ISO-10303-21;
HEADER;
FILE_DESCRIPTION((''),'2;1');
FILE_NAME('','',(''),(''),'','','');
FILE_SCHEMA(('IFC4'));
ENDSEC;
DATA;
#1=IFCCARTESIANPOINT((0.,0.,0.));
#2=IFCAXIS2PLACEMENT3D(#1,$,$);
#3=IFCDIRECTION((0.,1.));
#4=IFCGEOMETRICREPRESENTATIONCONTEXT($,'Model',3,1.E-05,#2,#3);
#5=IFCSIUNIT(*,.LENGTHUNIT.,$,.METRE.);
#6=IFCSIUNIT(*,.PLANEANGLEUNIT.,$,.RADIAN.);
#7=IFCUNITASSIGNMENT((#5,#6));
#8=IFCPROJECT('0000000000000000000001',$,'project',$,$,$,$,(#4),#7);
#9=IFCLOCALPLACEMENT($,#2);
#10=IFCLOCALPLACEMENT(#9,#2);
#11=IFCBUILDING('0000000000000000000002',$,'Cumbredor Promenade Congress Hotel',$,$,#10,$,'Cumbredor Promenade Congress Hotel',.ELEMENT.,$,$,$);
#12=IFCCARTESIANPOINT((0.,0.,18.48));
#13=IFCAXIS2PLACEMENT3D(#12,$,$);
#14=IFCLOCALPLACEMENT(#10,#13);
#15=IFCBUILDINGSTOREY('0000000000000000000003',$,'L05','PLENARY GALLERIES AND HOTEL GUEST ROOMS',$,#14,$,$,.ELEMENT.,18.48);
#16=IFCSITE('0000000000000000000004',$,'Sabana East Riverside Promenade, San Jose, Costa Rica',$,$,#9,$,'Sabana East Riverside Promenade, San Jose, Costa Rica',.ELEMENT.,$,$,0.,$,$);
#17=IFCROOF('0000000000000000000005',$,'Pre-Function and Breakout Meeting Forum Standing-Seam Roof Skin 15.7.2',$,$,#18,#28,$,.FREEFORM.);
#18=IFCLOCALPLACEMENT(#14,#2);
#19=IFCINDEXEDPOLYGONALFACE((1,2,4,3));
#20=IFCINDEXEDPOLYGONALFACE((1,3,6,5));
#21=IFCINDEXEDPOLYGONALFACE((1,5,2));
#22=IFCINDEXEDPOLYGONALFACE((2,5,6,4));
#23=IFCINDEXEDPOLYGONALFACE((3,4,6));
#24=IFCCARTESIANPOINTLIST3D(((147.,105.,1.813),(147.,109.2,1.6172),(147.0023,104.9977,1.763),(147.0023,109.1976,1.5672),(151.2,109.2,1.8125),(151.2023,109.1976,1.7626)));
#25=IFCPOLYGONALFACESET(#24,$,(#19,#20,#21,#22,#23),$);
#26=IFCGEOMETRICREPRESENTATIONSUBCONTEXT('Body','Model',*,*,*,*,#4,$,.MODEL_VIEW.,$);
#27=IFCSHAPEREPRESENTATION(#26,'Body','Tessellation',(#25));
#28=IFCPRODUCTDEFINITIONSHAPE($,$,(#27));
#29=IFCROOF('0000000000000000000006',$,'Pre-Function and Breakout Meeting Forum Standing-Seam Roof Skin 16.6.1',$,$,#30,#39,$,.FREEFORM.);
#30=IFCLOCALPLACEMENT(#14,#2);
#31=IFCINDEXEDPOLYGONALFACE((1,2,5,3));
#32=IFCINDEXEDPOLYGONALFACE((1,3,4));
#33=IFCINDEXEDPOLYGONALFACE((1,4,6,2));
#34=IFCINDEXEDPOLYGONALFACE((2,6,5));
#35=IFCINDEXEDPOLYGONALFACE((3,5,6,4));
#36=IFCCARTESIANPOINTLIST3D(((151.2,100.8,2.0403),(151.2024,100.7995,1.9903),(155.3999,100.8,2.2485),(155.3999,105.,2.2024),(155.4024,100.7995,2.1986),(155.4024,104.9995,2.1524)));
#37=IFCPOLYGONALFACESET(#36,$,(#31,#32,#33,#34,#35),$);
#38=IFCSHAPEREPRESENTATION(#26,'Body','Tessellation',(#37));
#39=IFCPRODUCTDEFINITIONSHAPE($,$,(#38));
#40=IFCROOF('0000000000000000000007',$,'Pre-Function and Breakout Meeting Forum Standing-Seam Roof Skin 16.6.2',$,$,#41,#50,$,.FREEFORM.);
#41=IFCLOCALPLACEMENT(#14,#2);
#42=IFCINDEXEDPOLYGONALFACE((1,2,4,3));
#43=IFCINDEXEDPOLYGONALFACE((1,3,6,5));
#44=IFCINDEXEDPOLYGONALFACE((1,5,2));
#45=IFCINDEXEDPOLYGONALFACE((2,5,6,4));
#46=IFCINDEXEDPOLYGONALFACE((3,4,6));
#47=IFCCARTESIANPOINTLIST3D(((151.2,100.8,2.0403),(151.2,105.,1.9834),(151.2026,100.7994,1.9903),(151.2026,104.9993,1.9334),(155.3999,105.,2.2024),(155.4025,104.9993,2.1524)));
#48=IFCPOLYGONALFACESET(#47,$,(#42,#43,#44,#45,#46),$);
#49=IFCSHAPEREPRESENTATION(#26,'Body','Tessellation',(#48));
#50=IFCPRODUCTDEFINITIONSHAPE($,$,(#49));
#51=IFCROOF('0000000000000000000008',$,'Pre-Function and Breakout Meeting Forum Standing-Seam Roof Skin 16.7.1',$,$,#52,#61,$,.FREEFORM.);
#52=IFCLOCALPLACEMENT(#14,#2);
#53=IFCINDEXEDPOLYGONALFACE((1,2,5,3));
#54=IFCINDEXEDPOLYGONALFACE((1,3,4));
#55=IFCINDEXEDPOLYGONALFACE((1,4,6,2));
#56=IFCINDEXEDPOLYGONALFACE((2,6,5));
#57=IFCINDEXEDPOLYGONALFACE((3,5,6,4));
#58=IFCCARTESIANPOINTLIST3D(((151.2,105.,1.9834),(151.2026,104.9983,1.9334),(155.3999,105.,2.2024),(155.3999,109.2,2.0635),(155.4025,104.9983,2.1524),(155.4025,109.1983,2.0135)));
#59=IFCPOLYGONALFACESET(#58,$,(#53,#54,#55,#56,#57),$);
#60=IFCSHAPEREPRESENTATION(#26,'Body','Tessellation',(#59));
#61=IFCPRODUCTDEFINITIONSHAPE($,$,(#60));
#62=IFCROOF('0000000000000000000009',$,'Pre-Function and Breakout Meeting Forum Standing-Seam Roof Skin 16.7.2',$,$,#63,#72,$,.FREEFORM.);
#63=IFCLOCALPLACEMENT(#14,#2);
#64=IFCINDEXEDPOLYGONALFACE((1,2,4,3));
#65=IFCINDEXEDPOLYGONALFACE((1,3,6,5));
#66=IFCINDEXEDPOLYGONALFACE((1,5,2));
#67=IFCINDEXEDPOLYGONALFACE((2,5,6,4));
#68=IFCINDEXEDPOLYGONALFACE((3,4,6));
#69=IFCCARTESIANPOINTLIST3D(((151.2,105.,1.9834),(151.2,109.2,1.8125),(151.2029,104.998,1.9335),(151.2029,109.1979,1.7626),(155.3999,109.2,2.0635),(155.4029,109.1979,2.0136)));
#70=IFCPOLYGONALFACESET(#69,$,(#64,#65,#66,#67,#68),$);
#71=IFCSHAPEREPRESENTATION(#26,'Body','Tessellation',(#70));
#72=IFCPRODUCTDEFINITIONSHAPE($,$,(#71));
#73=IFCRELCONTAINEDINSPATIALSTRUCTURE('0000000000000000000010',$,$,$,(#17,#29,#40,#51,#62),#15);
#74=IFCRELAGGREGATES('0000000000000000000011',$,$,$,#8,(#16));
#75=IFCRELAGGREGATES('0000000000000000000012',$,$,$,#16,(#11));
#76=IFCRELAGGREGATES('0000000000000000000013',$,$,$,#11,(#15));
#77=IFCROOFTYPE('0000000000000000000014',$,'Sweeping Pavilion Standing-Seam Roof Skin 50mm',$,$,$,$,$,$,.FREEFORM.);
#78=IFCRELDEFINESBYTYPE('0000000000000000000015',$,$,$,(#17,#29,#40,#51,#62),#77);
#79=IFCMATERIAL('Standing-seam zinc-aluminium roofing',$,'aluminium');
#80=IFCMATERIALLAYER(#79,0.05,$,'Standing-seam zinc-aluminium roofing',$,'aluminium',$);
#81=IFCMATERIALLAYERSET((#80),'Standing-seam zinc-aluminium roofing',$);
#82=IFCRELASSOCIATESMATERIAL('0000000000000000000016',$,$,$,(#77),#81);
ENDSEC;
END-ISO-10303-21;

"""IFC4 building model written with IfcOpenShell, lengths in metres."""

from ifc_helpers import new_model, si_unit, direction, frame, origin, place, context, subcontext, project, spatial, polyline, outline, extrude, material, layer, layer_set, type_object, element, save


model = new_model("IFC4")

# Units and contexts
model_context = context("Model", 3, precision=1e-05, world=origin(), true_north=direction((0.0, 1.0)))
body_context = subcontext(model_context, "Body", "Model", "MODEL_VIEW")
ifc_project = project(units=[si_unit("LENGTHUNIT", "METRE"), si_unit("PLANEANGLEUNIT", "RADIAN")], contexts=[model_context])

# Site, building, storey
site_placement = place(None, origin())
site = spatial("IfcSite", under=ifc_project, at=site_placement, Name="Sabana East Riverside Promenade, San Jose, Costa Rica", LongName="Sabana East Riverside Promenade, San Jose, Costa Rica", CompositionType="ELEMENT", RefElevation=0.0)
building_placement = place(site_placement, origin())
building = spatial("IfcBuilding", under=site, at=building_placement, Name="Cumbredor Promenade Congress Hotel", LongName="Cumbredor Promenade Congress Hotel", CompositionType="ELEMENT")
storey_placement = place(building_placement, frame((0.0, 0.0, 18.48)))
storey = spatial("IfcBuildingStorey", under=building, at=storey_placement, Name="L05", Description="PLENARY GALLERIES AND HOTEL GUEST ROOMS", CompositionType="ELEMENT", Elevation=18.48)

# Roofs
ifc_material_1 = material(Name="Standing-seam zinc-aluminium roofing", Category="aluminium")
ifc_layer_1 = layer(ifc_material_1, 0.05, Name="Standing-seam zinc-aluminium roofing", Category="aluminium")
ifc_layer_set_1 = layer_set([ifc_layer_1], Name="Standing-seam zinc-aluminium roofing")
roof_type = type_object("IfcRoofType", Name="Sweeping Pavilion Standing-Seam Roof Skin 50mm", PredefinedType="FREEFORM", material=ifc_layer_set_1)
roof_1_placement = place(storey_placement, frame((147.0, 105.0, 1.813), z_axis=(-0.046403, 0.046519, 0.997839), x_axis=(0.707107, 0.707107, -0.000082)))
element("IfcRoof", 1, at=roof_1_placement, inside=storey, type_object=roof_type, Name="Pre-Function and Breakout Meeting Forum Standing-Seam Roof Skin 15.7.2", PredefinedType="FREEFORM", context=body_context, shape_type="SweptSolid", body=[
    extrude(outline(polyline([(0.0, 0.0), (5.9396, 0.0), (2.9698, 2.9762), (0.0, 0.0)])), origin(), (0.0, 0.0, -1.0), 0.05),
])
roof_2_placement = place(storey_placement, frame((151.2, 100.8, 2.0403), z_axis=(-0.049521, 0.010972, 0.998713), x_axis=(0.998773, 0.0, 0.049524)))
element("IfcRoof", 2, at=roof_2_placement, inside=storey, type_object=roof_type, Name="Pre-Function and Breakout Meeting Forum Standing-Seam Roof Skin 16.6.1", PredefinedType="FREEFORM", context=body_context, shape_type="SweptSolid", body=[
    extrude(outline(polyline([(0.0, 0.0), (4.2051, 0.0), (4.2028, 4.2002), (0.0, 0.0)])), origin(), (0.0, 0.0, -1.0), 0.05),
])
roof_3_placement = place(storey_placement, frame((151.2, 100.8, 2.0403), z_axis=(-0.052067, 0.013525, 0.998552), x_axis=(0.706844, 0.706844, 0.027283)))
element("IfcRoof", 3, at=roof_3_placement, inside=storey, type_object=roof_type, Name="Pre-Function and Breakout Meeting Forum Standing-Seam Roof Skin 16.6.2", PredefinedType="FREEFORM", context=body_context, shape_type="SweptSolid", body=[
    extrude(outline(polyline([(0.0, 0.0), (5.9418, 0.0), (2.9672, 2.973), (0.0, 0.0)])), origin(), (0.0, 0.0, -1.0), 0.05),
])
roof_4_placement = place(storey_placement, frame((151.2, 105.0, 1.9834), z_axis=(-0.052043, 0.033013, 0.998099), x_axis=(0.998643, 0.0, 0.052071)))
element("IfcRoof", 4, at=roof_4_placement, inside=storey, type_object=roof_type, Name="Pre-Function and Breakout Meeting Forum Standing-Seam Roof Skin 16.7.1", PredefinedType="FREEFORM", context=body_context, shape_type="SweptSolid", body=[
    extrude(outline(polyline([(0.0, 0.0), (4.2057, 0.0), (4.1984, 4.2022), (0.0, 0.0)])), origin(), (0.0, 0.0, -1.0), 0.05),
])
roof_5_placement = place(storey_placement, frame((151.2, 105.0, 1.9834), z_axis=(-0.059601, 0.040585, 0.997397), x_axis=(0.707043, 0.707043, 0.013481)))
element("IfcRoof", 5, at=roof_5_placement, inside=storey, type_object=roof_type, Name="Pre-Function and Breakout Meeting Forum Standing-Seam Roof Skin 16.7.2", PredefinedType="FREEFORM", context=body_context, shape_type="SweptSolid", body=[
    extrude(outline(polyline([(0.0, 0.0), (5.9402, 0.0), (2.9672, 2.9773), (0.0, 0.0)])), origin(), (0.0, 0.0, -1.0), 0.05),
])

save(model, "model.ifc")
